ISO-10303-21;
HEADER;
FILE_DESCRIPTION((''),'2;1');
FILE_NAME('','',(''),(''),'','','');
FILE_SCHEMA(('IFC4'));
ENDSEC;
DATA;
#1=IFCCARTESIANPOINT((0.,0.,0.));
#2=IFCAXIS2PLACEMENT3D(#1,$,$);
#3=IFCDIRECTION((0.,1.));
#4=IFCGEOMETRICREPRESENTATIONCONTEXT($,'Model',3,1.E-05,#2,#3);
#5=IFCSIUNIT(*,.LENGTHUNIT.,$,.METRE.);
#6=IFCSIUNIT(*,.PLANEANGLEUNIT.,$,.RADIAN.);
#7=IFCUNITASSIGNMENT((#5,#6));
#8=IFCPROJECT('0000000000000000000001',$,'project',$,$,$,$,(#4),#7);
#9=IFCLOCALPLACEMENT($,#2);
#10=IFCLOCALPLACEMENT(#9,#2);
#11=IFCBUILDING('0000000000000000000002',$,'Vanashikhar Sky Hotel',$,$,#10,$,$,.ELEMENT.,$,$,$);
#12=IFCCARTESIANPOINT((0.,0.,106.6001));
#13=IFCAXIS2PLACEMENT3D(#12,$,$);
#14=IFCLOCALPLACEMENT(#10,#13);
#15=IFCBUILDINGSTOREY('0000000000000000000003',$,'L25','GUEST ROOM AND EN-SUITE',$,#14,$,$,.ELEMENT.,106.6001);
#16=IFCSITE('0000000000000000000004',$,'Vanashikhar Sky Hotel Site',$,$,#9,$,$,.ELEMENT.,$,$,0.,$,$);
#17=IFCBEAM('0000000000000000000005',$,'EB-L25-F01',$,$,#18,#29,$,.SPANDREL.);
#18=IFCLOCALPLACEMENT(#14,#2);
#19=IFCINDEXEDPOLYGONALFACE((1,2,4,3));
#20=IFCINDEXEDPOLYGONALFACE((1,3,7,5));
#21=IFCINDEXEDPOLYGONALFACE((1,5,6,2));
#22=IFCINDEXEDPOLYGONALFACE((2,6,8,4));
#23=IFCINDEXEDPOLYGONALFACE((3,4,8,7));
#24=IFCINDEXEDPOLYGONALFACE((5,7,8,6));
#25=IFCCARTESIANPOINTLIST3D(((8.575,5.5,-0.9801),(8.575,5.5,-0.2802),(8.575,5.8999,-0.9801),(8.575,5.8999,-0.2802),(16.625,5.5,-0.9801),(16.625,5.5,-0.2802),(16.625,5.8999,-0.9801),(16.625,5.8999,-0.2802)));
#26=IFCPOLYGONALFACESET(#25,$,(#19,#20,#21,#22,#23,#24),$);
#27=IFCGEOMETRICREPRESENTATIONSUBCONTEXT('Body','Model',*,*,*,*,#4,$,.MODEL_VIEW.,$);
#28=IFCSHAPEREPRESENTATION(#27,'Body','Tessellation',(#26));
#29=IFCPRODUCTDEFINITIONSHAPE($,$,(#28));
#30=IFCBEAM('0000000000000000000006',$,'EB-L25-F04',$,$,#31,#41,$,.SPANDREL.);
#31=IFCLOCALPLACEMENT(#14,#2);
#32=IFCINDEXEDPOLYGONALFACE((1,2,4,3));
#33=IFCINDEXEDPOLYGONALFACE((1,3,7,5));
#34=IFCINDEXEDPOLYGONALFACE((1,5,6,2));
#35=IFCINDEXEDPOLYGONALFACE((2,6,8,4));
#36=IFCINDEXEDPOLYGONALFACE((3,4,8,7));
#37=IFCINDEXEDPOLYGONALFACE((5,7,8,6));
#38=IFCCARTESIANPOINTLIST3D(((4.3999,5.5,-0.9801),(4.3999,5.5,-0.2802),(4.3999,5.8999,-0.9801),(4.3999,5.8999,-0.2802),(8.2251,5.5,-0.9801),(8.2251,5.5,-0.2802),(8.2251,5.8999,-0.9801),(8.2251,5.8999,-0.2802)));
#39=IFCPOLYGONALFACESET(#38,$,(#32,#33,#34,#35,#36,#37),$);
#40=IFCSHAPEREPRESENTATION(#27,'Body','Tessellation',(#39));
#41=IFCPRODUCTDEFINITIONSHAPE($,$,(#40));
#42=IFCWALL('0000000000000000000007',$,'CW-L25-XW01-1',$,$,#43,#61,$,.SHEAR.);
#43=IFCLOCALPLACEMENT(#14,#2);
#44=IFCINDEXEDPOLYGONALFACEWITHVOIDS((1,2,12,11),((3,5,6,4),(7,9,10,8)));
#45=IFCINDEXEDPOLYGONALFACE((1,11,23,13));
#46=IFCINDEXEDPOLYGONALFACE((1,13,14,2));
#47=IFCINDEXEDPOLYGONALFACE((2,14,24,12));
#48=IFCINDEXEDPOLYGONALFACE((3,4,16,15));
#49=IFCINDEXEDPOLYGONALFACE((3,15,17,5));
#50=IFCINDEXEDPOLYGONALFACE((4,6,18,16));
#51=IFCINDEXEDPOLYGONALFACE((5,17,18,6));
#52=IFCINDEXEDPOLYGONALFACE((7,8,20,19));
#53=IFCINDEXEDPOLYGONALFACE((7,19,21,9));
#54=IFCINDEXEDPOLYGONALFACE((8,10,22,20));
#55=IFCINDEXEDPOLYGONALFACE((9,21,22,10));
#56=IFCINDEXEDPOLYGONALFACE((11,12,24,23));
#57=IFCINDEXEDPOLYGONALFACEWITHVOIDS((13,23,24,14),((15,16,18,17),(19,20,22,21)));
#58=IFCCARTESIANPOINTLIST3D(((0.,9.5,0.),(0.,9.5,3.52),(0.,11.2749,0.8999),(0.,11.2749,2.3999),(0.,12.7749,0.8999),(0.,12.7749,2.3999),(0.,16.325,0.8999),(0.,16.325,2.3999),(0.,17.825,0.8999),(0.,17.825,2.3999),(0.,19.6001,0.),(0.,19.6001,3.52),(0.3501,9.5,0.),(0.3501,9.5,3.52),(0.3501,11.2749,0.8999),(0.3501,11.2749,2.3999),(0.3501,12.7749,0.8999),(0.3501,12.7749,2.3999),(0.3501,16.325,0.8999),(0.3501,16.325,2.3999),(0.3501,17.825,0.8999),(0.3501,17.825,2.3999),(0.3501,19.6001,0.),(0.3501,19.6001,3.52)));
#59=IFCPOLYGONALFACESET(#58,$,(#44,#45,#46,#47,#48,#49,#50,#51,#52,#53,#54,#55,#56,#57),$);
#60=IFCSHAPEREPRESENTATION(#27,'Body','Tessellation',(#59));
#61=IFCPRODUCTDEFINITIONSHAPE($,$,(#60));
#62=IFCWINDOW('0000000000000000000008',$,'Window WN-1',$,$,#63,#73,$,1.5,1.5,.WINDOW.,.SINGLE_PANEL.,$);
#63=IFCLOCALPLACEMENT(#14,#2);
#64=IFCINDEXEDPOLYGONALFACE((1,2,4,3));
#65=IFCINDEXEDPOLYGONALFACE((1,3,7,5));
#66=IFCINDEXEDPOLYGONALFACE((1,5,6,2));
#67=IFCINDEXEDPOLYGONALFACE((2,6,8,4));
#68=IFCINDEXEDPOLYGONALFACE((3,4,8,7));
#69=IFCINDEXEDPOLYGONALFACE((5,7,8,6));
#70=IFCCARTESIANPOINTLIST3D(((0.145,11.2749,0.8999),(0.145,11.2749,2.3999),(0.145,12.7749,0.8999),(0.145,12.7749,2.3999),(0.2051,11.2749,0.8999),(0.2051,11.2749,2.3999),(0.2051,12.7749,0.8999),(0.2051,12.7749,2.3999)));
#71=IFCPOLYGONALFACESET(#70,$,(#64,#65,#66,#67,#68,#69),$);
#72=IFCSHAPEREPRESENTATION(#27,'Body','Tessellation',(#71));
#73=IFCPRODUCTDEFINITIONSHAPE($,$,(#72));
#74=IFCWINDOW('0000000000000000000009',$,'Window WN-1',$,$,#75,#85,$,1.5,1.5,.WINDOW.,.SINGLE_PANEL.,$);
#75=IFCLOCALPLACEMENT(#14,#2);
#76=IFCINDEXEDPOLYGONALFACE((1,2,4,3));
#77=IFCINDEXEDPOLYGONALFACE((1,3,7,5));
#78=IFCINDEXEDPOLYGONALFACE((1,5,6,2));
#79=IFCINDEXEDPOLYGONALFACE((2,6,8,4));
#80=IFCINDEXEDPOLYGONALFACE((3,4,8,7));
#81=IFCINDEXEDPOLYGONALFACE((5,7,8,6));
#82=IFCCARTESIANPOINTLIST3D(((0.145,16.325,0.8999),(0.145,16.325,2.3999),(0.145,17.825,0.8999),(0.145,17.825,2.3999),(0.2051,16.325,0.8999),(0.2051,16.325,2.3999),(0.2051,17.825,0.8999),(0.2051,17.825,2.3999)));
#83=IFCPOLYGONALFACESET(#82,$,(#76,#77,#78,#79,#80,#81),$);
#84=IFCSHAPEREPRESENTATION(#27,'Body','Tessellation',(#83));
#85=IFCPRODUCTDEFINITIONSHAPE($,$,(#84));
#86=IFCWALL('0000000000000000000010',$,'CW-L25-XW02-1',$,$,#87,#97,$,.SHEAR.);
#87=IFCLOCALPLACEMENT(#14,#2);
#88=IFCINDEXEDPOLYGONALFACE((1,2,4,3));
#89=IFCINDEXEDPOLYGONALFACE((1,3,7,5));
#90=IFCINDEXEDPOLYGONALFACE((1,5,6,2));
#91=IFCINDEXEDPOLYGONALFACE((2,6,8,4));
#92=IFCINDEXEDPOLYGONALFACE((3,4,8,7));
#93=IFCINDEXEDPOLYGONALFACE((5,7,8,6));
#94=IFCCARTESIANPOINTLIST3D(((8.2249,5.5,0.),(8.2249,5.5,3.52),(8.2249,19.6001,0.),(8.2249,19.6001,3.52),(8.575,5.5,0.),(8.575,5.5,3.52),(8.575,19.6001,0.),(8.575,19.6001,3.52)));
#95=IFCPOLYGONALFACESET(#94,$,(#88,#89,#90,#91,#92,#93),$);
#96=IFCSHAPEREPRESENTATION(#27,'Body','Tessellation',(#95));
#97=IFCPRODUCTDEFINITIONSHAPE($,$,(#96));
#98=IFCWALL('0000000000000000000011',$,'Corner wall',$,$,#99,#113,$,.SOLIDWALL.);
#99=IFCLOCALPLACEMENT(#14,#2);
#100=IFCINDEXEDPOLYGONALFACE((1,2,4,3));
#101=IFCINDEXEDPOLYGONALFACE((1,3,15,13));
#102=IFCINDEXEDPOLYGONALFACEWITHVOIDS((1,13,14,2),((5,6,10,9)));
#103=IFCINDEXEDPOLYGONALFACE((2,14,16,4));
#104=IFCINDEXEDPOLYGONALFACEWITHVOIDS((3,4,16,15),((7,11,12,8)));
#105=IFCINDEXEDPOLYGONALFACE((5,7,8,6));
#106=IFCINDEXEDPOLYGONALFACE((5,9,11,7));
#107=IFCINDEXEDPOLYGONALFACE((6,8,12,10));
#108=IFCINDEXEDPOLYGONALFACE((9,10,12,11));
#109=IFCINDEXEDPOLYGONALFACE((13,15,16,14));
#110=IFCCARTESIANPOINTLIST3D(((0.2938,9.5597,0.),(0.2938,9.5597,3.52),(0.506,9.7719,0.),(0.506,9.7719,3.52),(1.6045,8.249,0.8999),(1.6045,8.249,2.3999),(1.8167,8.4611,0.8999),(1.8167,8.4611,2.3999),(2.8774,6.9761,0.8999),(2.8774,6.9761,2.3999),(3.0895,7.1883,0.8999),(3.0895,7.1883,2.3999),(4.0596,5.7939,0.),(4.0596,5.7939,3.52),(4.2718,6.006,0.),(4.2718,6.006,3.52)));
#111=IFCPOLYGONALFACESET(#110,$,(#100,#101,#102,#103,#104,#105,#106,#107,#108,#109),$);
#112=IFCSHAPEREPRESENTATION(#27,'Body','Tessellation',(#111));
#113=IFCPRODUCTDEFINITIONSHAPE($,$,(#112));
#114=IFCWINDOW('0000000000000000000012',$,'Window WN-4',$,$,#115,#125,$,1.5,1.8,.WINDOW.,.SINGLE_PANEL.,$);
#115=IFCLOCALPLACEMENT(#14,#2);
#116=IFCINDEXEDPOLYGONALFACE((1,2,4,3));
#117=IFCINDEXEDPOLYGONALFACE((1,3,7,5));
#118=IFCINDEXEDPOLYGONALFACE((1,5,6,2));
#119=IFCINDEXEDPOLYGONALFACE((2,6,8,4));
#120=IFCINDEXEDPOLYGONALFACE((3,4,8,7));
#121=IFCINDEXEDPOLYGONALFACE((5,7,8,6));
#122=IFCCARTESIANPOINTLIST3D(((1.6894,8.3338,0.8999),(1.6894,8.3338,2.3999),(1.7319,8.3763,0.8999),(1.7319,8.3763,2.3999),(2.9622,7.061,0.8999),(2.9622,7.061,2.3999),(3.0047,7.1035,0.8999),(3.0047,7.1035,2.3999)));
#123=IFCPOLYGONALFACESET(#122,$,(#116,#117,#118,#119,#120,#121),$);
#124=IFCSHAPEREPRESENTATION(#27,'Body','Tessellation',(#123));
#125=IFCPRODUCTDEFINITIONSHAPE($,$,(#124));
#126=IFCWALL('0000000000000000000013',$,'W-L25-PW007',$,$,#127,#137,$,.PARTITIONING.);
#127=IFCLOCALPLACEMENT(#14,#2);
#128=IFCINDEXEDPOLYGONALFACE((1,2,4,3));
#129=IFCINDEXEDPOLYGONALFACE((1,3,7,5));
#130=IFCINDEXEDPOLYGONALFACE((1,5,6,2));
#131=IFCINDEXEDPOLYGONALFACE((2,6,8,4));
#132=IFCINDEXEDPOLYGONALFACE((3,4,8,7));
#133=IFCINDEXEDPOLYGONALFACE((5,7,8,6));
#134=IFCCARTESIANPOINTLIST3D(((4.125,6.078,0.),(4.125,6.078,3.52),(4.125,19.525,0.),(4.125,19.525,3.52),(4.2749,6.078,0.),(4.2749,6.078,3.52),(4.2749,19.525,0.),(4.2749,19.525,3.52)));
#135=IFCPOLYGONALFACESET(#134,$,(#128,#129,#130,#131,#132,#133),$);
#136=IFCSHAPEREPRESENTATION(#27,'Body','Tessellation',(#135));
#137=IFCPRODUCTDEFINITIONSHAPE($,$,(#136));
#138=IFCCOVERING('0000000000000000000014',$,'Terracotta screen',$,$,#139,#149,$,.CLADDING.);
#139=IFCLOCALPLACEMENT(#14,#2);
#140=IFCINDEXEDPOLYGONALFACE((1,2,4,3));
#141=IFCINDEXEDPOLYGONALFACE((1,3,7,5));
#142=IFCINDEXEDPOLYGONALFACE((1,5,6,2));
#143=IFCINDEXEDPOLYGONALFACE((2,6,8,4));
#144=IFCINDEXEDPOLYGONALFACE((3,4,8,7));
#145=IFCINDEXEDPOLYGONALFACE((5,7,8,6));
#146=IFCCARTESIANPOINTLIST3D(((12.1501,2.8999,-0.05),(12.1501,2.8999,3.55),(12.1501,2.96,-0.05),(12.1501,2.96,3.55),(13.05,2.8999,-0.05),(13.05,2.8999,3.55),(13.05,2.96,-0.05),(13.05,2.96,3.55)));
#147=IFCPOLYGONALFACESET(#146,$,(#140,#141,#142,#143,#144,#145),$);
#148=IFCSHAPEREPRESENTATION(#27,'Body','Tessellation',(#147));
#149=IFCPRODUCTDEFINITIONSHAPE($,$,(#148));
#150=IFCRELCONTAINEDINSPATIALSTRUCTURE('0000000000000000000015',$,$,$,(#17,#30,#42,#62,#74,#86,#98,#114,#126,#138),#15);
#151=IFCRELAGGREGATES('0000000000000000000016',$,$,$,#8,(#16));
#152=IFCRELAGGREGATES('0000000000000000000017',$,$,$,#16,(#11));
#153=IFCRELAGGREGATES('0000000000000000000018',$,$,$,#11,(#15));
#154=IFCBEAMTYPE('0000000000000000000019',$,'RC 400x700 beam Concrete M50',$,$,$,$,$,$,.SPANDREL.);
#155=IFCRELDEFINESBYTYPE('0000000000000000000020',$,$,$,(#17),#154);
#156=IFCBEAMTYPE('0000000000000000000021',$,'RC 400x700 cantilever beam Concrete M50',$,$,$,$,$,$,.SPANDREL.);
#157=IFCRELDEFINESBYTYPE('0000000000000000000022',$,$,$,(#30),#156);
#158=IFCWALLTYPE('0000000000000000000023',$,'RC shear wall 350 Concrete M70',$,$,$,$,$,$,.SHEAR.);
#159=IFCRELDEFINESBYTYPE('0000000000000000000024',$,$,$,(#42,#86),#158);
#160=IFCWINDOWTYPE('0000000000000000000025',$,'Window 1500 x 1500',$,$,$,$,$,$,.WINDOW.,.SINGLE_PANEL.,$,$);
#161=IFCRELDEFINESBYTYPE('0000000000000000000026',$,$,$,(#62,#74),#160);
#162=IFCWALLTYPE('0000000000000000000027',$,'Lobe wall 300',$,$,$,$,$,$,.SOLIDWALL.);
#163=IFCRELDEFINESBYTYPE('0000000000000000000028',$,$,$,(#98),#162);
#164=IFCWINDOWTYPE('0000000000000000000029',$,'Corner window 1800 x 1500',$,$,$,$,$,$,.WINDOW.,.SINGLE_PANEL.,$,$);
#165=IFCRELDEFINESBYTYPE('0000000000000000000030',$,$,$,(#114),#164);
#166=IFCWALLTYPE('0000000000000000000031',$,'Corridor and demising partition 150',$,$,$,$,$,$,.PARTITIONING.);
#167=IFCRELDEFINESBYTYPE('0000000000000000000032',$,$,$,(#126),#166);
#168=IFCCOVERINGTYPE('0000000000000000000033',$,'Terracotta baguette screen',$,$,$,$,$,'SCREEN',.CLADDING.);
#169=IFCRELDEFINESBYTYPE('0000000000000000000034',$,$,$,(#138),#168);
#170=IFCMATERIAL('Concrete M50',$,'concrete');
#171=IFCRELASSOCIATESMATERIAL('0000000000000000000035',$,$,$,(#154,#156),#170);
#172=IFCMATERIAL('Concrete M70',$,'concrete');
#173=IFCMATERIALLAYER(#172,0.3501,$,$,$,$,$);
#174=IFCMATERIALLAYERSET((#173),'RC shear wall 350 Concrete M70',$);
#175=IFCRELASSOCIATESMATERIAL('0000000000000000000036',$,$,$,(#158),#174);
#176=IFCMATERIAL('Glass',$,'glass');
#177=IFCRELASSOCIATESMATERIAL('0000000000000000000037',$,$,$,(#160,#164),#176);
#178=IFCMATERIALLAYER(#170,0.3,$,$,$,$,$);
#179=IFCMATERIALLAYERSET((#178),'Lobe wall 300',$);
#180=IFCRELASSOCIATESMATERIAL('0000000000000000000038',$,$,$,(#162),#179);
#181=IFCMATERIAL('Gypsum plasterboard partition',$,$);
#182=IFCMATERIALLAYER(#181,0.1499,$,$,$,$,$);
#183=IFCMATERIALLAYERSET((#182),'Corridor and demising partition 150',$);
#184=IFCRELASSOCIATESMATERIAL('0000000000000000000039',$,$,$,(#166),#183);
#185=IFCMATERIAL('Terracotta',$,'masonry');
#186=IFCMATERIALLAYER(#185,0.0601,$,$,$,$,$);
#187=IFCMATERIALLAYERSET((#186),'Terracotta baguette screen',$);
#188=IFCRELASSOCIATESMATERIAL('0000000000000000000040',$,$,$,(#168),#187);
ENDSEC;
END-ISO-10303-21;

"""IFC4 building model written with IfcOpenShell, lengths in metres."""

from ifc_helpers import new_model, si_unit, direction, frame, frame_2d, origin, origin_2d, place, context, subcontext, project, spatial, rectangle, extrude, source, transform, mapped, material, layer, layer_set, material_profile, profile_set, type_object, element, fill, save


model = new_model("IFC4")

# Units and contexts
model_context = context("Model", 3, precision=1e-05, world=origin(), true_north=direction((0.0, 1.0)))
body_context = subcontext(model_context, "Body", "Model", "MODEL_VIEW")
ifc_project = project(units=[si_unit("LENGTHUNIT", "METRE"), si_unit("PLANEANGLEUNIT", "RADIAN")], contexts=[model_context])

# Site, building, storey
site_placement = place(None, origin())
site = spatial("IfcSite", under=ifc_project, at=site_placement, Name="Vanashikhar Sky Hotel Site", CompositionType="ELEMENT", RefElevation=0.0)
building_placement = place(site_placement, origin())
building = spatial("IfcBuilding", under=site, at=building_placement, Name="Vanashikhar Sky Hotel", CompositionType="ELEMENT")
storey_placement = place(building_placement, frame((0.0, 0.0, 106.6001)))
storey = spatial("IfcBuildingStorey", under=building, at=storey_placement, Name="L25", Description="GUEST ROOM AND EN-SUITE", CompositionType="ELEMENT", Elevation=106.6001)

# Beams
ifc_material_1 = material(Name="Concrete M50", Category="concrete")
ifc_material_profile_1 = material_profile(ifc_material_1, rectangle(XDim=0.3999, YDim=0.7, at=origin_2d()))
ifc_profile_set_1 = profile_set([ifc_material_profile_1], Name="RC 400x700 beam Concrete M50")
beam_type_1 = type_object("IfcBeamType", Name="RC 400x700 beam Concrete M50", PredefinedType="SPANDREL", material=ifc_profile_set_1)
shared_shape_1 = source(origin(), body_context, "Body", "SweptSolid", [
    extrude(rectangle(XDim=0.3999, YDim=0.7, at=origin_2d()), origin(), (0.0, 0.0, 1.0), 8.05),
])
beam_1_placement = place(storey_placement, frame((8.575, 5.7, -0.6301), z_axis=(1.0, 0.0, 0.0), x_axis=(0.0, 1.0, 0.0)))
element("IfcBeam", 1, at=beam_1_placement, inside=storey, type_object=beam_type_1, Name="EB-L25-F01", PredefinedType="SPANDREL", context=body_context, shape_type="MappedRepresentation", body=[
    mapped(shared_shape_1, transform((0.0, 0.0, 0.0), scale=1.0)),
])
ifc_material_profile_2 = material_profile(ifc_material_1, rectangle(XDim=0.3999, YDim=0.7, at=origin_2d()))
ifc_profile_set_2 = profile_set([ifc_material_profile_2], Name="RC 400x700 cantilever beam Concrete M50")
beam_type_2 = type_object("IfcBeamType", Name="RC 400x700 cantilever beam Concrete M50", PredefinedType="SPANDREL", material=ifc_profile_set_2)
shared_shape_2 = source(origin(), body_context, "Body", "SweptSolid", [
    extrude(rectangle(XDim=0.3999, YDim=0.7, at=origin_2d()), origin(), (0.0, 0.0, 1.0), 3.8252),
])
beam_2_placement = place(storey_placement, frame((4.3999, 5.7, -0.6301), z_axis=(1.0, 0.0, 0.0), x_axis=(0.0, 1.0, 0.0)))
element("IfcBeam", 2, at=beam_2_placement, inside=storey, type_object=beam_type_2, Name="EB-L25-F04", PredefinedType="SPANDREL", context=body_context, shape_type="MappedRepresentation", body=[
    mapped(shared_shape_2, transform((0.0, 0.0, 0.0), scale=1.0)),
])

# Wall, openings, windows
ifc_material_2 = material(Name="Concrete M70", Category="concrete")
ifc_layer_1 = layer(ifc_material_2, 0.3501)
ifc_layer_set_1 = layer_set([ifc_layer_1], Name="RC shear wall 350 Concrete M70")
wall_type_1 = type_object("IfcWallType", Name="RC shear wall 350 Concrete M70", PredefinedType="SHEAR", material=ifc_layer_set_1)
shared_shape_3 = source(origin(), body_context, "Body", "SweptSolid", [
    extrude(rectangle(XDim=10.1001, YDim=0.3501, at=frame_2d((5.05, 0.0))), origin(), (0.0, 0.0, 1.0), 3.52),
])
wall_1_placement = place(storey_placement, frame((0.175, 9.5, 0.0), z_axis=(0.0, 0.0, 1.0), x_axis=(0.0, 1.0, 0.0)))
wall_1 = element("IfcWall", 3, at=wall_1_placement, inside=storey, type_object=wall_type_1, Name="CW-L25-XW01-1", PredefinedType="SHEAR", context=body_context, shape_type="MappedRepresentation", body=[
    mapped(shared_shape_3, transform((0.0, 0.0, 0.0), scale=1.0)),
])
shared_shape_4 = source(origin(), body_context, "Body", "SweptSolid", [
    extrude(rectangle(XDim=1.5, YDim=1.5, at=frame_2d((0.75, 0.75))), frame((0.0, 0.1851, 0.0), z_axis=(0.0, -1.0, 0.0), x_axis=(1.0, 0.0, 0.0)), (0.0, 0.0, 1.0), 0.3701),
])
opening_1_placement = place(wall_1_placement, frame((1.7749, 0.0, 0.8999)))
opening_1 = element("IfcOpeningElement", 4, at=opening_1_placement, cuts=wall_1, PredefinedType="OPENING", context=body_context, shape_type="MappedRepresentation", body=[
    mapped(shared_shape_4, transform((0.0, 0.0, 0.0), scale=1.0)),
])
opening_2_placement = place(wall_1_placement, frame((6.825, 0.0, 0.8999)))
opening_2 = element("IfcOpeningElement", 5, at=opening_2_placement, cuts=wall_1, PredefinedType="OPENING", context=body_context, shape_type="MappedRepresentation", body=[
    mapped(shared_shape_4, transform((0.0, 0.0, 0.0), scale=1.0)),
])
ifc_material_3 = material(Name="Glass", Category="glass")
window_type_1 = type_object("IfcWindowType", Name="Window 1500 x 1500", PartitioningType="SINGLE_PANEL", PredefinedType="WINDOW", material=ifc_material_3)
shared_shape_5 = source(origin(), body_context, "Body", "SweptSolid", [
    extrude(rectangle(XDim=1.5, YDim=1.5, at=frame_2d((0.75, 0.75))), frame((0.0, 0.03, 0.0), z_axis=(0.0, -1.0, 0.0), x_axis=(1.0, 0.0, 0.0)), (0.0, 0.0, 1.0), 0.0601),
])
window_1_placement = place(opening_1_placement, origin())
window_1 = element("IfcWindow", 6, at=window_1_placement, inside=storey, type_object=window_type_1, Name="Window WN-1", OverallHeight=1.5, OverallWidth=1.5, PartitioningType="SINGLE_PANEL", PredefinedType="WINDOW", context=body_context, shape_type="MappedRepresentation", body=[
    mapped(shared_shape_5, transform((0.0, 0.0, 0.0), scale=1.0)),
])
fill(opening_1, window_1)
window_2_placement = place(opening_2_placement, origin())
window_2 = element("IfcWindow", 7, at=window_2_placement, inside=storey, type_object=window_type_1, Name="Window WN-1", OverallHeight=1.5, OverallWidth=1.5, PartitioningType="SINGLE_PANEL", PredefinedType="WINDOW", context=body_context, shape_type="MappedRepresentation", body=[
    mapped(shared_shape_5, transform((0.0, 0.0, 0.0), scale=1.0)),
])
fill(opening_2, window_2)

# Wall
shared_shape_6 = source(origin(), body_context, "Body", "SweptSolid", [
    extrude(rectangle(XDim=14.1001, YDim=0.3501, at=frame_2d((7.05, 0.0))), origin(), (0.0, 0.0, 1.0), 3.52),
])
wall_2_placement = place(storey_placement, frame((8.3999, 5.5, 0.0), z_axis=(0.0, 0.0, 1.0), x_axis=(0.0, 1.0, 0.0)))
element("IfcWall", 8, at=wall_2_placement, inside=storey, type_object=wall_type_1, Name="CW-L25-XW02-1", PredefinedType="SHEAR", context=body_context, shape_type="MappedRepresentation", body=[
    mapped(shared_shape_6, transform((0.0, 0.0, 0.0), scale=1.0)),
])

# Wall, opening, window
ifc_layer_2 = layer(ifc_material_1, 0.3)
ifc_layer_set_2 = layer_set([ifc_layer_2], Name="Lobe wall 300")
wall_type_2 = type_object("IfcWallType", Name="Lobe wall 300", PredefinedType="SOLIDWALL", material=ifc_layer_set_2)
shared_shape_7 = source(origin(), body_context, "Body", "SweptSolid", [
    extrude(rectangle(XDim=5.3257, YDim=0.3, at=frame_2d((2.6628, 0.0))), origin(), (0.0, 0.0, 1.0), 3.52),
])
wall_3_placement = place(storey_placement, frame((0.3999, 9.6658, 0.0), z_axis=(0.0, 0.0, 1.0), x_axis=(0.707107, -0.707107, 0.0)))
wall_3 = element("IfcWall", 9, at=wall_3_placement, inside=storey, type_object=wall_type_2, Name="Corner wall", PredefinedType="SOLIDWALL", context=body_context, shape_type="MappedRepresentation", body=[
    mapped(shared_shape_7, transform((0.0, 0.0, 0.0), scale=1.0)),
])
shared_shape_8 = source(origin(), body_context, "Body", "SweptSolid", [
    extrude(rectangle(XDim=1.8, YDim=1.5, at=frame_2d((0.8999, 0.75))), frame((0.0, 0.1602, 0.0), z_axis=(0.0, -1.0, 0.0), x_axis=(1.0, 0.0, 0.0)), (0.0, 0.0, 1.0), 0.3201),
])
opening_3_placement = place(wall_3_placement, frame((1.8538, 0.0, 0.8999)))
opening_3 = element("IfcOpeningElement", 10, at=opening_3_placement, cuts=wall_3, PredefinedType="OPENING", context=body_context, shape_type="MappedRepresentation", body=[
    mapped(shared_shape_8, transform((0.0, 0.0, 0.0), scale=1.0)),
])
window_type_2 = type_object("IfcWindowType", Name="Corner window 1800 x 1500", PartitioningType="SINGLE_PANEL", PredefinedType="WINDOW", material=ifc_material_3)
shared_shape_9 = source(origin(), body_context, "Body", "SweptSolid", [
    extrude(rectangle(XDim=1.8, YDim=1.5, at=frame_2d((0.8999, 0.75))), frame((0.0, 0.03, 0.0), z_axis=(0.0, -1.0, 0.0), x_axis=(1.0, 0.0, 0.0)), (0.0, 0.0, 1.0), 0.0601),
])
window_3_placement = place(opening_3_placement, origin())
window_3 = element("IfcWindow", 11, at=window_3_placement, inside=storey, type_object=window_type_2, Name="Window WN-4", OverallHeight=1.5, OverallWidth=1.8, PartitioningType="SINGLE_PANEL", PredefinedType="WINDOW", context=body_context, shape_type="MappedRepresentation", body=[
    mapped(shared_shape_9, transform((0.0, 0.0, 0.0), scale=1.0)),
])
fill(opening_3, window_3)

# Wall
ifc_material_4 = material(Name="Gypsum plasterboard partition")
ifc_layer_3 = layer(ifc_material_4, 0.1499)
ifc_layer_set_3 = layer_set([ifc_layer_3], Name="Corridor and demising partition 150")
wall_type_3 = type_object("IfcWallType", Name="Corridor and demising partition 150", PredefinedType="PARTITIONING", material=ifc_layer_set_3)
shared_shape_10 = source(origin(), body_context, "Body", "SweptSolid", [
    extrude(rectangle(XDim=13.447, YDim=0.1499, at=frame_2d((6.7236, 0.0))), origin(), (0.0, 0.0, 1.0), 3.52),
])
wall_4_placement = place(storey_placement, frame((4.2, 6.0779, 0.0), z_axis=(0.0, 0.0, 1.0), x_axis=(0.0, 1.0, 0.0)))
element("IfcWall", 12, at=wall_4_placement, inside=storey, type_object=wall_type_3, Name="W-L25-PW007", PredefinedType="PARTITIONING", context=body_context, shape_type="MappedRepresentation", body=[
    mapped(shared_shape_10, transform((0.0, 0.0, 0.0), scale=1.0)),
])

# Covering
ifc_material_5 = material(Name="Terracotta", Category="masonry")
ifc_layer_4 = layer(ifc_material_5, 0.0601)
ifc_layer_set_4 = layer_set([ifc_layer_4], Name="Terracotta baguette screen")
covering_type = type_object("IfcCoveringType", Name="Terracotta baguette screen", ElementType="SCREEN", PredefinedType="CLADDING", material=ifc_layer_set_4)
shared_shape_11 = source(origin(), body_context, "Body", "SweptSolid", [
    extrude(rectangle(XDim=0.8999, YDim=0.0601, at=origin_2d()), origin(), (0.0, 0.0, 1.0), 3.6001),
])
covering_placement = place(storey_placement, frame((12.6001, 2.9299, -0.05), z_axis=(0.0, 0.0, 1.0), x_axis=(1.0, 0.0, 0.0)))
element("IfcCovering", 13, at=covering_placement, inside=storey, type_object=covering_type, Name="Terracotta screen", PredefinedType="CLADDING", context=body_context, shape_type="MappedRepresentation", body=[
    mapped(shared_shape_11, transform((0.0, 0.0, 0.0), scale=1.0)),
])

save(model, "model.ifc")
